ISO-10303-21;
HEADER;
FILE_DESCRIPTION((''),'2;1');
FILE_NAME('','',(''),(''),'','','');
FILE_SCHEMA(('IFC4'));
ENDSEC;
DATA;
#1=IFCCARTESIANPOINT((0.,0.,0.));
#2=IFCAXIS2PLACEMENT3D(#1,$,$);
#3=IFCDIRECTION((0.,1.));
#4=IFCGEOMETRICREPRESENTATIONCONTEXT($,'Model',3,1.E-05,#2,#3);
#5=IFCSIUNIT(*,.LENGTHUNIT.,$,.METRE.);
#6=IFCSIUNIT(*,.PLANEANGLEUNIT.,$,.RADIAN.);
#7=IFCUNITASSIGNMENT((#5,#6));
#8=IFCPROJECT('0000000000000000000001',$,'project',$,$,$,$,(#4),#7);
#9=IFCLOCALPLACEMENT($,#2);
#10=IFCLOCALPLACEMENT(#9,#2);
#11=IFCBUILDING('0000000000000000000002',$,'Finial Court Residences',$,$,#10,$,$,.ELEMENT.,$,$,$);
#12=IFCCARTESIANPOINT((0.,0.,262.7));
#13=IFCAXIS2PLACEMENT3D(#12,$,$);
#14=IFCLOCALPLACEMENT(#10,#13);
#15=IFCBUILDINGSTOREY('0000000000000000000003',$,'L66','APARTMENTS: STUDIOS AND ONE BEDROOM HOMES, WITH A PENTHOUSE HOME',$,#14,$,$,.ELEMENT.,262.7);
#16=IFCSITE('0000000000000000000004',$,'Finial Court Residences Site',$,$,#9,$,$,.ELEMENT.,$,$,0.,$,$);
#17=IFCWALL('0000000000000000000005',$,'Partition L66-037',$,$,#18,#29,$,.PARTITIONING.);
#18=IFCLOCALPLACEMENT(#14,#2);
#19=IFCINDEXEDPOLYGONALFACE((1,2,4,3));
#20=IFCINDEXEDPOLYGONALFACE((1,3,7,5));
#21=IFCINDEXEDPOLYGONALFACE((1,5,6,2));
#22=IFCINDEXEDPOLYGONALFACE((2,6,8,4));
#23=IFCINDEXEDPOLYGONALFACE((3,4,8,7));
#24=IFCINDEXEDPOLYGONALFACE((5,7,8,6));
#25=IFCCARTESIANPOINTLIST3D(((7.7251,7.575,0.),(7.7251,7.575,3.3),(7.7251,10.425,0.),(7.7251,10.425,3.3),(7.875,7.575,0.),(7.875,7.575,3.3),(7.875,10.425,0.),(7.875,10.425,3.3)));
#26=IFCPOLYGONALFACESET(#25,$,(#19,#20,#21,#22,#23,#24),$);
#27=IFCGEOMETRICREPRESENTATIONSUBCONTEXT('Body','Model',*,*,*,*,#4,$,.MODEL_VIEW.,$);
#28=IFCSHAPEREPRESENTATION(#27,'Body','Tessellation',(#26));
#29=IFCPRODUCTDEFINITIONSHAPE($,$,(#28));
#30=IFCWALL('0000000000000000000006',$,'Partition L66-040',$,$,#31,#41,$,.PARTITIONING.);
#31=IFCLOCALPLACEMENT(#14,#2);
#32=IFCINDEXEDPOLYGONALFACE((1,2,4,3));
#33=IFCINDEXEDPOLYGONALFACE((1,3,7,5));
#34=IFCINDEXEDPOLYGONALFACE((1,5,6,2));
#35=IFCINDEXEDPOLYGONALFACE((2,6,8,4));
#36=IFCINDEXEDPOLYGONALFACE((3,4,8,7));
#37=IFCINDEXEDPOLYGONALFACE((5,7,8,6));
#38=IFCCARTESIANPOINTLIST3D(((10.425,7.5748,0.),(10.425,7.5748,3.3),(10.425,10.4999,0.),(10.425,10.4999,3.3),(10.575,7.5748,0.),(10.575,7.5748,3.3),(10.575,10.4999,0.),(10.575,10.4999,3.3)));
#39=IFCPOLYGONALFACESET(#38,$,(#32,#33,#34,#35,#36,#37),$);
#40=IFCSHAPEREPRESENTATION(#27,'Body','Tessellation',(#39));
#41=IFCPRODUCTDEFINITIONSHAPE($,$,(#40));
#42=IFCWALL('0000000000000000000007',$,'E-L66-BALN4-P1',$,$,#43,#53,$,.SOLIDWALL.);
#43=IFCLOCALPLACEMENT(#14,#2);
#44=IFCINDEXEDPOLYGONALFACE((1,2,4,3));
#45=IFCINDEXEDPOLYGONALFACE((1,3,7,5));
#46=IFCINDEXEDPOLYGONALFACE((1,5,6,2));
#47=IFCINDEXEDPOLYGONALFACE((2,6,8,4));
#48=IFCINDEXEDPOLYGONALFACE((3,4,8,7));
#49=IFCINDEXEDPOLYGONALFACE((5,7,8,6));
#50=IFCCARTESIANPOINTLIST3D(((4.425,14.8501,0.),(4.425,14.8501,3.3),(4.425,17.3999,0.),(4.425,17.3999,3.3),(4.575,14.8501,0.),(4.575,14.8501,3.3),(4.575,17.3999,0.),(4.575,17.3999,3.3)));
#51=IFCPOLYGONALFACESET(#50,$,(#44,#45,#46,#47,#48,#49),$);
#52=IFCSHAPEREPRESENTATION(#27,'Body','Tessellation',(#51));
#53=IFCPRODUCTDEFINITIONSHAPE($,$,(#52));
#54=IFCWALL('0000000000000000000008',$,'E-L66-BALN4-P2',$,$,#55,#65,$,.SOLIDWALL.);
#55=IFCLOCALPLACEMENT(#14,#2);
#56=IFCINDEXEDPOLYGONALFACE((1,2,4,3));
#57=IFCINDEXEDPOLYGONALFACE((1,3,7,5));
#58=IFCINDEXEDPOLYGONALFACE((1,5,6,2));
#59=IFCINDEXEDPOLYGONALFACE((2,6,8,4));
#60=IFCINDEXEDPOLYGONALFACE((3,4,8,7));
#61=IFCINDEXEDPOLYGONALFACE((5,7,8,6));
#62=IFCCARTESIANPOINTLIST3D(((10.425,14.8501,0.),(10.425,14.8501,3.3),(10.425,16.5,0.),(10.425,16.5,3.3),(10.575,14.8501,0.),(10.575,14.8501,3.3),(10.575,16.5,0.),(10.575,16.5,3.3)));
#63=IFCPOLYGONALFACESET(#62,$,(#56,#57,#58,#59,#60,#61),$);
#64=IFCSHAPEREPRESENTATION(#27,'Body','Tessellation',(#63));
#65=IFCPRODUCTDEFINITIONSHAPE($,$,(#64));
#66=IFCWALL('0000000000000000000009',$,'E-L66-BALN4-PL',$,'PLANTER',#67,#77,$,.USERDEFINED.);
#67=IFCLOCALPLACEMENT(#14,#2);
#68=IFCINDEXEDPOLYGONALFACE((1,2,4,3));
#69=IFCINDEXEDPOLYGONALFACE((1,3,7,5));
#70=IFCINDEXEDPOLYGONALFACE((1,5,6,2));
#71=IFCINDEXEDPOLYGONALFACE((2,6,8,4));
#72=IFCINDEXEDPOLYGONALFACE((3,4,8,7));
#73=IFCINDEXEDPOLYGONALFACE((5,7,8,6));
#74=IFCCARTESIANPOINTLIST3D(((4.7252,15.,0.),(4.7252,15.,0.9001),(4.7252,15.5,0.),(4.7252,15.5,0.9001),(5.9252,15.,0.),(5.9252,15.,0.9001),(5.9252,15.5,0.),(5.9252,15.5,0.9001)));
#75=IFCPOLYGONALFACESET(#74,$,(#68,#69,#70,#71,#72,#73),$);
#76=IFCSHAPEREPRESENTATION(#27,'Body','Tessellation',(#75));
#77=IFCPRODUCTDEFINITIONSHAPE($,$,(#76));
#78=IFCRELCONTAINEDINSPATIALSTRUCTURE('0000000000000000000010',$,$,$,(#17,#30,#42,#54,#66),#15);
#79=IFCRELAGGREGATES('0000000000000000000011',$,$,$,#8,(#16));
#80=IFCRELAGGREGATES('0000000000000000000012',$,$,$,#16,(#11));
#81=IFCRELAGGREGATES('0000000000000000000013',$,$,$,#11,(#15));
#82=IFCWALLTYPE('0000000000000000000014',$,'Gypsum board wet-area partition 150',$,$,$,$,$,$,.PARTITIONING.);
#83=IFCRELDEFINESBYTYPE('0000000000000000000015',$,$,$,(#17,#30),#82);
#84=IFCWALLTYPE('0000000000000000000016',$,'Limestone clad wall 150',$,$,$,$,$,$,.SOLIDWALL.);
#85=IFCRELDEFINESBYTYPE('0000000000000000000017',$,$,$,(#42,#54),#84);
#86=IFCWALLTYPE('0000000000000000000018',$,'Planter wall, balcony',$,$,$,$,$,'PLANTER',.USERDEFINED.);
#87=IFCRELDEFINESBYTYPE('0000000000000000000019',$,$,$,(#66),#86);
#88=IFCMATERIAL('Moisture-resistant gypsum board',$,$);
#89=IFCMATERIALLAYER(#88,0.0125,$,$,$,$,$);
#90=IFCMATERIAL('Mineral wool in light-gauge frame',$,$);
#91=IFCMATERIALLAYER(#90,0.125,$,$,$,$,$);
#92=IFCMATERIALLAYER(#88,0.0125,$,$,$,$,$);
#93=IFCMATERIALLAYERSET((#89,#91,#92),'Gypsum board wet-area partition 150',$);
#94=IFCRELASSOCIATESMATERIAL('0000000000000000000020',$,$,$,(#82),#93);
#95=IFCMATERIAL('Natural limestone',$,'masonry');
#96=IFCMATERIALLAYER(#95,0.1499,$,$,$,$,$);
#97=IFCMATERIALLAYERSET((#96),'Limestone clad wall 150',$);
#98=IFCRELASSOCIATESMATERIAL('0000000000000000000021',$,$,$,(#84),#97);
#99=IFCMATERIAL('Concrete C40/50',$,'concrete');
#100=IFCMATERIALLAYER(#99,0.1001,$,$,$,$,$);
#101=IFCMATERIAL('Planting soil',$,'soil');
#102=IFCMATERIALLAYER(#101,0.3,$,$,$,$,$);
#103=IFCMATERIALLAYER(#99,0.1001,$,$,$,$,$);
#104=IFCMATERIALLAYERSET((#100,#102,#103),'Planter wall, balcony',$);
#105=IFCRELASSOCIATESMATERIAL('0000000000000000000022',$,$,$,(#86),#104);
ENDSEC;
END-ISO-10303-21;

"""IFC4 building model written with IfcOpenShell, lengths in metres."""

from ifc_helpers import new_model, si_unit, direction, frame, frame_2d, origin, place, context, subcontext, project, spatial, rectangle, extrude, material, layer, layer_set, type_object, element, save


model = new_model("IFC4")

# Units and contexts
model_context = context("Model", 3, precision=1e-05, world=origin(), true_north=direction((0.0, 1.0)))
body_context = subcontext(model_context, "Body", "Model", "MODEL_VIEW")
ifc_project = project(units=[si_unit("LENGTHUNIT", "METRE"), si_unit("PLANEANGLEUNIT", "RADIAN")], contexts=[model_context])

# Site, building, storey
site_placement = place(None, origin())
site = spatial("IfcSite", under=ifc_project, at=site_placement, Name="Finial Court Residences Site", CompositionType="ELEMENT", RefElevation=0.0)
building_placement = place(site_placement, origin())
building = spatial("IfcBuilding", under=site, at=building_placement, Name="Finial Court Residences", CompositionType="ELEMENT")
storey_placement = place(building_placement, frame((0.0, 0.0, 262.7)))
storey = spatial("IfcBuildingStorey", under=building, at=storey_placement, Name="L66", Description="APARTMENTS: STUDIOS AND ONE BEDROOM HOMES, WITH A PENTHOUSE HOME", CompositionType="ELEMENT", Elevation=262.7)

# Shared definitions
ifc_material_1 = material(Name="Mineral wool in light-gauge frame")
ifc_material_2 = material(Name="Moisture-resistant gypsum board")
ifc_layer_1 = layer(ifc_material_2, 0.0125)
ifc_layer_2 = layer(ifc_material_1, 0.125)
ifc_layer_3 = layer(ifc_material_2, 0.0125)
ifc_layer_set_1 = layer_set([ifc_layer_1, ifc_layer_2, ifc_layer_3], Name="Gypsum board wet-area partition 150")
wall_type_1 = type_object("IfcWallType", Name="Gypsum board wet-area partition 150", PredefinedType="PARTITIONING", material=ifc_layer_set_1)

# Walls
wall_1_placement = place(storey_placement, frame((7.8, 7.575, 0.0), z_axis=(0.0, 0.0, 1.0), x_axis=(0.0, 1.0, 0.0)))
element("IfcWall", 1, at=wall_1_placement, inside=storey, type_object=wall_type_1, Name="Partition L66-037", PredefinedType="PARTITIONING", context=body_context, shape_type="SweptSolid", body=[
    extrude(rectangle(XDim=2.8501, YDim=0.1499, at=frame_2d((1.425, 0.0))), origin(), (0.0, 0.0, 1.0), 3.3),
])
wall_2_placement = place(storey_placement, frame((10.5, 7.575, 0.0), z_axis=(0.0, 0.0, 1.0), x_axis=(0.0, 1.0, 0.0)))
element("IfcWall", 2, at=wall_2_placement, inside=storey, type_object=wall_type_1, Name="Partition L66-040", PredefinedType="PARTITIONING", context=body_context, shape_type="SweptSolid", body=[
    extrude(rectangle(XDim=2.925, YDim=0.1499, at=frame_2d((1.4624, 0.0))), origin(), (0.0, 0.0, 1.0), 3.3),
])
ifc_material_3 = material(Name="Natural limestone", Category="masonry")
ifc_layer_4 = layer(ifc_material_3, 0.1499)
ifc_layer_set_2 = layer_set([ifc_layer_4], Name="Limestone clad wall 150")
wall_type_2 = type_object("IfcWallType", Name="Limestone clad wall 150", PredefinedType="SOLIDWALL", material=ifc_layer_set_2)
wall_3_placement = place(storey_placement, frame((4.5, 14.8501, 0.0), z_axis=(0.0, 0.0, 1.0), x_axis=(0.0, 1.0, 0.0)))
element("IfcWall", 3, at=wall_3_placement, inside=storey, type_object=wall_type_2, Name="E-L66-BALN4-P1", PredefinedType="SOLIDWALL", context=body_context, shape_type="SweptSolid", body=[
    extrude(rectangle(XDim=2.5498, YDim=0.1499, at=frame_2d((1.2749, 0.0))), origin(), (0.0, 0.0, 1.0), 3.3),
])
wall_4_placement = place(storey_placement, frame((10.5, 14.8501, 0.0), z_axis=(0.0, 0.0, 1.0), x_axis=(0.0, 1.0, 0.0)))
element("IfcWall", 4, at=wall_4_placement, inside=storey, type_object=wall_type_2, Name="E-L66-BALN4-P2", PredefinedType="SOLIDWALL", context=body_context, shape_type="SweptSolid", body=[
    extrude(rectangle(XDim=1.6499, YDim=0.1499, at=frame_2d((0.825, 0.0))), origin(), (0.0, 0.0, 1.0), 3.3),
])

# Wall
ifc_material_4 = material(Name="Concrete C40/50", Category="concrete")
ifc_layer_5 = layer(ifc_material_4, 0.1001)
ifc_material_5 = material(Name="Planting soil", Category="soil")
ifc_layer_6 = layer(ifc_material_5, 0.3)
ifc_layer_7 = layer(ifc_material_4, 0.1001)
ifc_layer_set_3 = layer_set([ifc_layer_5, ifc_layer_6, ifc_layer_7], Name="Planter wall, balcony")
wall_type_3 = type_object("IfcWallType", Name="Planter wall, balcony", ElementType="PLANTER", PredefinedType="USERDEFINED", material=ifc_layer_set_3)
wall_5_placement = place(storey_placement, frame((4.7251, 15.25, 0.0), z_axis=(0.0, 0.0, 1.0), x_axis=(1.0, 0.0, 0.0)))
element("IfcWall", 5, at=wall_5_placement, inside=storey, type_object=wall_type_3, Name="E-L66-BALN4-PL", ObjectType="PLANTER", PredefinedType="USERDEFINED", context=body_context, shape_type="SweptSolid", body=[
    extrude(rectangle(XDim=1.2, YDim=0.5, at=frame_2d((0.6001, 0.0))), origin(), (0.0, 0.0, 1.0), 0.9001),
])

save(model, "model.ifc")
